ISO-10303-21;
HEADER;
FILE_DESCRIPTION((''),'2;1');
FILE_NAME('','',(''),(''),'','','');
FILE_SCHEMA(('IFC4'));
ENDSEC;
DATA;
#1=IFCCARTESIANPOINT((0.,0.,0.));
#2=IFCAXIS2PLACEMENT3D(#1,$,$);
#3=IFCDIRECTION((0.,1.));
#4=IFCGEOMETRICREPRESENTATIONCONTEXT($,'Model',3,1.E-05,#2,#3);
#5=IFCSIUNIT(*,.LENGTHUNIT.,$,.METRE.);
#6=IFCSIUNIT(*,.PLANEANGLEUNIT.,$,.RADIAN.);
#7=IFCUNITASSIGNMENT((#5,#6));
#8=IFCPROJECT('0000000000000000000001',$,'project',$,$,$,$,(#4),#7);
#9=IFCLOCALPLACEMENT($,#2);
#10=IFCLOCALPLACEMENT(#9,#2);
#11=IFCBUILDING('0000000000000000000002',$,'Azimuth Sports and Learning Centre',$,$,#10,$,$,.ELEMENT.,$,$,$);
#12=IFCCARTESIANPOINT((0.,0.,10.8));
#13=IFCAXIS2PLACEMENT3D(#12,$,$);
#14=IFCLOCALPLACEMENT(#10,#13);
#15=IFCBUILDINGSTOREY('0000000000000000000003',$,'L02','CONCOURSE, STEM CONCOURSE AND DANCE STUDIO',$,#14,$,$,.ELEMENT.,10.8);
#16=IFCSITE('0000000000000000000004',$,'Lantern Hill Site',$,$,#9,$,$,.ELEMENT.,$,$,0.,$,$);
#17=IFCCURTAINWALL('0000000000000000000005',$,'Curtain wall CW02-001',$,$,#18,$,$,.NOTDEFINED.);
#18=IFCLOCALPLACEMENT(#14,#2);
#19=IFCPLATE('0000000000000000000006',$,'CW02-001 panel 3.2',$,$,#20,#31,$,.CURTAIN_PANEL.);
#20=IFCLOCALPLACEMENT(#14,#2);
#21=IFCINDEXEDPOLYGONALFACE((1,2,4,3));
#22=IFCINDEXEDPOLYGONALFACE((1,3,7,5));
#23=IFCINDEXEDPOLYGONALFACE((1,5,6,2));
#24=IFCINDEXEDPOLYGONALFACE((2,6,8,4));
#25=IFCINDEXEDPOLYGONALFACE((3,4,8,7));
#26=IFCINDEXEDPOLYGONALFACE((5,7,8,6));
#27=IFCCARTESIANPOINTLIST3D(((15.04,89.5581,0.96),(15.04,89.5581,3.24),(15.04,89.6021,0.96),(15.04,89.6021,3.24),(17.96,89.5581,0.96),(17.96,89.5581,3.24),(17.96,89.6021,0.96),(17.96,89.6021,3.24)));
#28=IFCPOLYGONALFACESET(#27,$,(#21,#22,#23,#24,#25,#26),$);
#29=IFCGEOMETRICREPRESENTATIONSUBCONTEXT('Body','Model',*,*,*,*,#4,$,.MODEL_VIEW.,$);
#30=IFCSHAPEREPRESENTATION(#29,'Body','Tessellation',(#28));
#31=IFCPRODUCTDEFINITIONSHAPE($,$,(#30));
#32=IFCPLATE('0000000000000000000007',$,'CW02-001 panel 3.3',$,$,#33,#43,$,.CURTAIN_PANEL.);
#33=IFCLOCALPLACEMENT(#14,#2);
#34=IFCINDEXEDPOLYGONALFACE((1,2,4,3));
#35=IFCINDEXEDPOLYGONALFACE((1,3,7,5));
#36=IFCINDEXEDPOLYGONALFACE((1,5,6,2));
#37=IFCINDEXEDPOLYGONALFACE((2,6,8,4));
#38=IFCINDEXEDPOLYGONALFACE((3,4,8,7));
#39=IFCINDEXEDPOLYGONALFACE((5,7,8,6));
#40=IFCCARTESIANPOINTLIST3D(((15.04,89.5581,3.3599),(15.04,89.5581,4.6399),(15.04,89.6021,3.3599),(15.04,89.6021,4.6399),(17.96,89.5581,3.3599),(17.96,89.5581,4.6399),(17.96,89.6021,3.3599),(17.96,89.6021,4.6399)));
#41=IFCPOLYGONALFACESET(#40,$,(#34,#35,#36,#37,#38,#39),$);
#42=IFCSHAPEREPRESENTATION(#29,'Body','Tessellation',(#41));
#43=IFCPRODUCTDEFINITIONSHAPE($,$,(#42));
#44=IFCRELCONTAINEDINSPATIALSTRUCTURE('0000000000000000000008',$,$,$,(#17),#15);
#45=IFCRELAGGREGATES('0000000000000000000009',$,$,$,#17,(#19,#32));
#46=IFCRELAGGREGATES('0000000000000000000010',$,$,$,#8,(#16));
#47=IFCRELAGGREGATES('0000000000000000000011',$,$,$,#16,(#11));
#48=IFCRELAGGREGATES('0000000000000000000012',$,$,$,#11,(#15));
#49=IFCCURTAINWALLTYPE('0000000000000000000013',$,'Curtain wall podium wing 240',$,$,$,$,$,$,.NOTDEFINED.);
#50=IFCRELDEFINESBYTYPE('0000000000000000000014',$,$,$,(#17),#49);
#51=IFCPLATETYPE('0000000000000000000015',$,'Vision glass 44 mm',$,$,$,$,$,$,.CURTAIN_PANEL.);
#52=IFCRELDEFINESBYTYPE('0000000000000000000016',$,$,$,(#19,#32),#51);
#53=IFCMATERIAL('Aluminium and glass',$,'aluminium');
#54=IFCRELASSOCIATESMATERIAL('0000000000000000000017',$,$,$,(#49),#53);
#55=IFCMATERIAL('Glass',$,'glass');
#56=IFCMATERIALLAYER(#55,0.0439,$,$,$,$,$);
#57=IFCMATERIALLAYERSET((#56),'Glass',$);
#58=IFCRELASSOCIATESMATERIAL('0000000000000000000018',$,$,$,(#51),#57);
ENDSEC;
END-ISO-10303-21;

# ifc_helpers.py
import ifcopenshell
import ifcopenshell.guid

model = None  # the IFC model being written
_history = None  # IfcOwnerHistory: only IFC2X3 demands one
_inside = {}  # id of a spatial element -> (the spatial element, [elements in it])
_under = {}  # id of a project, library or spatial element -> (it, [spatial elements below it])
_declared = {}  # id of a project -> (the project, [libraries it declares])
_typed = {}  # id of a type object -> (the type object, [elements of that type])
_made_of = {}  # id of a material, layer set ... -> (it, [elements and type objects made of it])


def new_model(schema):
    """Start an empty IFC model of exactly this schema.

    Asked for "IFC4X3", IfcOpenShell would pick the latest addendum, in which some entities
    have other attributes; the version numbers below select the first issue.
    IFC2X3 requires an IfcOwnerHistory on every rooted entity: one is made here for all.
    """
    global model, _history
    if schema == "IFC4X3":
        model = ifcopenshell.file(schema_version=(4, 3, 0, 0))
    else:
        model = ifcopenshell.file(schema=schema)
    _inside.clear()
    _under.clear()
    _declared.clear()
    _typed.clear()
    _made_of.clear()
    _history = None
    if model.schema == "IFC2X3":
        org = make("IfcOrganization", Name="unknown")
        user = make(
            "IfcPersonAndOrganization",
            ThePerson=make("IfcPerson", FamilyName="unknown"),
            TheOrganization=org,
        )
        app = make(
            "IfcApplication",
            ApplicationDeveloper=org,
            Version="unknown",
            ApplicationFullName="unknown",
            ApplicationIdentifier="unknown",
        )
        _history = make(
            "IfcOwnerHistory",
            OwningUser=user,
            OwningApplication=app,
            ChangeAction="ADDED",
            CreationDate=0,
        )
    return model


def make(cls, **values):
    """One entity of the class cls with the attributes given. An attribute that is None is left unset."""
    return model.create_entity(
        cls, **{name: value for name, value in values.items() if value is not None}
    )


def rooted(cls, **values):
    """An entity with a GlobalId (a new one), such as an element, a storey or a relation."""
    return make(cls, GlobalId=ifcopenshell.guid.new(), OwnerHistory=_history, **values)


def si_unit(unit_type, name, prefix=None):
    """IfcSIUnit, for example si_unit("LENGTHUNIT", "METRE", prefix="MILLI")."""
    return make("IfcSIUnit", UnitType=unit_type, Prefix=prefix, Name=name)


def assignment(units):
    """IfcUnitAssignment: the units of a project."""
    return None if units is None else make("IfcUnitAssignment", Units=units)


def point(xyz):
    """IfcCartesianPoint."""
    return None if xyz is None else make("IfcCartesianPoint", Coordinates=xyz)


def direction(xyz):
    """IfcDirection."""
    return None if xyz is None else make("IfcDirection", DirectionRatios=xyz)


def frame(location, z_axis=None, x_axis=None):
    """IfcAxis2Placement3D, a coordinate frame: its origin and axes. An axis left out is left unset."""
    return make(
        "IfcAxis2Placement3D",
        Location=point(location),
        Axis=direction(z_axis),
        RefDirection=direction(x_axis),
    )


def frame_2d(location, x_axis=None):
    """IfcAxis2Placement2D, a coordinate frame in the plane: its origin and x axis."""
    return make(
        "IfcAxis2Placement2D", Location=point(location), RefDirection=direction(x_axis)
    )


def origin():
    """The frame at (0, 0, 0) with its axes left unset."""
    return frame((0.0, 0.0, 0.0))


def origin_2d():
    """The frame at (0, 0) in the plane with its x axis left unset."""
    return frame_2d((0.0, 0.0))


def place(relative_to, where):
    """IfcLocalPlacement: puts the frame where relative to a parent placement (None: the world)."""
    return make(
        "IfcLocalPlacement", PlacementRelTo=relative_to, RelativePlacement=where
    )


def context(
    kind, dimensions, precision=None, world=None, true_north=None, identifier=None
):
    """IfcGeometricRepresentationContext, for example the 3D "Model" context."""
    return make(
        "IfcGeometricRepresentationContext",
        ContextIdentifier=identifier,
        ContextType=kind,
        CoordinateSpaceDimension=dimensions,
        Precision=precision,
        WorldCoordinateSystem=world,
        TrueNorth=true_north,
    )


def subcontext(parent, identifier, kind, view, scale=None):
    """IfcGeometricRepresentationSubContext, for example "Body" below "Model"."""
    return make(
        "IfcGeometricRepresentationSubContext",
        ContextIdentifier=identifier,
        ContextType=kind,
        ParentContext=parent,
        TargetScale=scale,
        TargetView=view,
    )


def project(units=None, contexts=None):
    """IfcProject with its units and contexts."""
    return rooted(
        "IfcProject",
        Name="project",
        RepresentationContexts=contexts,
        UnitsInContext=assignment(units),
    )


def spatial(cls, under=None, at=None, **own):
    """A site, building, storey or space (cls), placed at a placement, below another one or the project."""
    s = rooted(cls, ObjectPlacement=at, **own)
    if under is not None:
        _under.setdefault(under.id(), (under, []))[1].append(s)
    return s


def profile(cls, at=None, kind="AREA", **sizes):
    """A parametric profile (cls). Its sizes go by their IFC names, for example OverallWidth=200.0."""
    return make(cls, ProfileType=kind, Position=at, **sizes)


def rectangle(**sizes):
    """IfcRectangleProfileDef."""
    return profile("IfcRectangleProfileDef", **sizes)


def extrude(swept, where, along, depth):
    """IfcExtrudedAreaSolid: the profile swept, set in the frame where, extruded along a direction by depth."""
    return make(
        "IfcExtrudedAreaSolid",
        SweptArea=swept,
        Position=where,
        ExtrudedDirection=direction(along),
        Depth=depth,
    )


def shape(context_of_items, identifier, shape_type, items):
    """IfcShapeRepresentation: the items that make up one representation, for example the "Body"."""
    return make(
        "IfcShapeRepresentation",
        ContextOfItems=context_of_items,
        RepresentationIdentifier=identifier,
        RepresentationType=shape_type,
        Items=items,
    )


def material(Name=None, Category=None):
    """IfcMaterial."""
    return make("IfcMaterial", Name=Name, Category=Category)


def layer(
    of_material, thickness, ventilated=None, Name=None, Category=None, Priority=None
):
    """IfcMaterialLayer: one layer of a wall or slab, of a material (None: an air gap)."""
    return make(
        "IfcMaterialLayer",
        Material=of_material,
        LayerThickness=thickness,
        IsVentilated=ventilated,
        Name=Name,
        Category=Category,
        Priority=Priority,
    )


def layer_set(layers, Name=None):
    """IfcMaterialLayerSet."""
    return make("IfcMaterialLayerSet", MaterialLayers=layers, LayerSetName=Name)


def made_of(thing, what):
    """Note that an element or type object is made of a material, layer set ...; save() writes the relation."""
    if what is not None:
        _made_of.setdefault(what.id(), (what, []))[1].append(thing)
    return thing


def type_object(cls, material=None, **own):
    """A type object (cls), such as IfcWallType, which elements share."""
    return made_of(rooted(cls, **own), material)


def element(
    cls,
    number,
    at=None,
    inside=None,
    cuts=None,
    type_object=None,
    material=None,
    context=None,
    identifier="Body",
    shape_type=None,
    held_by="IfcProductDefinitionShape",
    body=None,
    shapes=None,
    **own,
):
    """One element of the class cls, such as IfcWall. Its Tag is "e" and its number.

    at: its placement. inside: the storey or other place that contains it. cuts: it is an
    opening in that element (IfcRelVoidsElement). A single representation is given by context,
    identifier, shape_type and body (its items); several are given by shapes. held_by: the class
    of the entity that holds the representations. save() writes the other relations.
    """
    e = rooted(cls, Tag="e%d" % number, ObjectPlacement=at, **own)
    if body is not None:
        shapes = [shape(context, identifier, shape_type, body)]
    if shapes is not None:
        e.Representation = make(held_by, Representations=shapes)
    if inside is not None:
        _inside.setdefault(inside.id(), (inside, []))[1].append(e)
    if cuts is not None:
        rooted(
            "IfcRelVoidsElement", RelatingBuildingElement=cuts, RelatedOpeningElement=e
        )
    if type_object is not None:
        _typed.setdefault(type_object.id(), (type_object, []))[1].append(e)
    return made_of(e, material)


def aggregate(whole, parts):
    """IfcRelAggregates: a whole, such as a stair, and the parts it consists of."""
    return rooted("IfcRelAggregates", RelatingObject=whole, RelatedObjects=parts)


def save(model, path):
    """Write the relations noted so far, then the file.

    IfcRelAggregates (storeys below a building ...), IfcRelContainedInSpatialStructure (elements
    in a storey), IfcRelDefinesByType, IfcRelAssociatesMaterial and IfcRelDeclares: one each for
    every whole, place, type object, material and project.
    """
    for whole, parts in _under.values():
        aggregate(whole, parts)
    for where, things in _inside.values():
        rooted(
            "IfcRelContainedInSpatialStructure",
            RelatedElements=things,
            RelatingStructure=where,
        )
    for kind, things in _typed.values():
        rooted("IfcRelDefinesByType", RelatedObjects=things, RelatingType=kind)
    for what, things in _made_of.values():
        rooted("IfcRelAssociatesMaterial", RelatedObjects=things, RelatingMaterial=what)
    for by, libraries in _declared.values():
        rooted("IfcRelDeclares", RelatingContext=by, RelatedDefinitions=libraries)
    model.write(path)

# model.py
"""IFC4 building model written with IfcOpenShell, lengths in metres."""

from ifc_helpers import new_model, si_unit, direction, frame, origin, origin_2d, place, context, subcontext, project, spatial, rectangle, extrude, material, layer, layer_set, type_object, element, aggregate, save


model = new_model("IFC4")

# Units and contexts
model_context = context("Model", 3, precision=1e-05, world=origin(), true_north=direction((0.0, 1.0)))
body_context = subcontext(model_context, "Body", "Model", "MODEL_VIEW")
ifc_project = project(units=[si_unit("LENGTHUNIT", "METRE"), si_unit("PLANEANGLEUNIT", "RADIAN")], contexts=[model_context])

# Site, building, storey
site_placement = place(None, origin())
site = spatial("IfcSite", under=ifc_project, at=site_placement, Name="Lantern Hill Site", CompositionType="ELEMENT", RefElevation=0.0)
building_placement = place(site_placement, origin())
building = spatial("IfcBuilding", under=site, at=building_placement, Name="Azimuth Sports and Learning Centre", CompositionType="ELEMENT")
storey_placement = place(building_placement, frame((0.0, 0.0, 10.8)))
storey = spatial("IfcBuildingStorey", under=building, at=storey_placement, Name="L02", Description="CONCOURSE, STEM CONCOURSE AND DANCE STUDIO", CompositionType="ELEMENT", Elevation=10.8)

# Curtain wall, plates
ifc_material_1 = material(Name="Aluminium and glass", Category="aluminium")
curtain_wall_type = type_object("IfcCurtainWallType", Name="Curtain wall podium wing 240", PredefinedType="NOTDEFINED", material=ifc_material_1)
curtain_wall_placement = place(storey_placement, origin())
curtain_wall = element("IfcCurtainWall", 1, at=curtain_wall_placement, inside=storey, type_object=curtain_wall_type, Name="Curtain wall CW02-001", PredefinedType="NOTDEFINED")
ifc_material_2 = material(Name="Glass", Category="glass")
ifc_layer_1 = layer(ifc_material_2, 0.0439)
ifc_layer_set_1 = layer_set([ifc_layer_1], Name="Glass")
plate_type_1 = type_object("IfcPlateType", Name="Vision glass 44 mm", PredefinedType="CURTAIN_PANEL", material=ifc_layer_set_1)
plate_1_placement = place(storey_placement, frame((16.5, 89.5801, 0.96), z_axis=(0.0, 0.0, 1.0), x_axis=(1.0, 0.0, 0.0)))
plate_1 = element("IfcPlate", 2, at=plate_1_placement, type_object=plate_type_1, Name="CW02-001 panel 3.2", PredefinedType="CURTAIN_PANEL", context=body_context, shape_type="SweptSolid", body=[
    extrude(rectangle(XDim=2.9199, YDim=0.0439, at=origin_2d()), origin(), (0.0, 0.0, 1.0), 2.28),
])
plate_2_placement = place(storey_placement, frame((16.5, 89.5801, 3.3599), z_axis=(0.0, 0.0, 1.0), x_axis=(1.0, 0.0, 0.0)))
plate_2 = element("IfcPlate", 3, at=plate_2_placement, type_object=plate_type_1, Name="CW02-001 panel 3.3", PredefinedType="CURTAIN_PANEL", context=body_context, shape_type="SweptSolid", body=[
    extrude(rectangle(XDim=2.9199, YDim=0.0439, at=origin_2d()), origin(), (0.0, 0.0, 1.0), 1.28),
])
aggregate(curtain_wall, [plate_1, plate_2])

save(model, "model.ifc")
